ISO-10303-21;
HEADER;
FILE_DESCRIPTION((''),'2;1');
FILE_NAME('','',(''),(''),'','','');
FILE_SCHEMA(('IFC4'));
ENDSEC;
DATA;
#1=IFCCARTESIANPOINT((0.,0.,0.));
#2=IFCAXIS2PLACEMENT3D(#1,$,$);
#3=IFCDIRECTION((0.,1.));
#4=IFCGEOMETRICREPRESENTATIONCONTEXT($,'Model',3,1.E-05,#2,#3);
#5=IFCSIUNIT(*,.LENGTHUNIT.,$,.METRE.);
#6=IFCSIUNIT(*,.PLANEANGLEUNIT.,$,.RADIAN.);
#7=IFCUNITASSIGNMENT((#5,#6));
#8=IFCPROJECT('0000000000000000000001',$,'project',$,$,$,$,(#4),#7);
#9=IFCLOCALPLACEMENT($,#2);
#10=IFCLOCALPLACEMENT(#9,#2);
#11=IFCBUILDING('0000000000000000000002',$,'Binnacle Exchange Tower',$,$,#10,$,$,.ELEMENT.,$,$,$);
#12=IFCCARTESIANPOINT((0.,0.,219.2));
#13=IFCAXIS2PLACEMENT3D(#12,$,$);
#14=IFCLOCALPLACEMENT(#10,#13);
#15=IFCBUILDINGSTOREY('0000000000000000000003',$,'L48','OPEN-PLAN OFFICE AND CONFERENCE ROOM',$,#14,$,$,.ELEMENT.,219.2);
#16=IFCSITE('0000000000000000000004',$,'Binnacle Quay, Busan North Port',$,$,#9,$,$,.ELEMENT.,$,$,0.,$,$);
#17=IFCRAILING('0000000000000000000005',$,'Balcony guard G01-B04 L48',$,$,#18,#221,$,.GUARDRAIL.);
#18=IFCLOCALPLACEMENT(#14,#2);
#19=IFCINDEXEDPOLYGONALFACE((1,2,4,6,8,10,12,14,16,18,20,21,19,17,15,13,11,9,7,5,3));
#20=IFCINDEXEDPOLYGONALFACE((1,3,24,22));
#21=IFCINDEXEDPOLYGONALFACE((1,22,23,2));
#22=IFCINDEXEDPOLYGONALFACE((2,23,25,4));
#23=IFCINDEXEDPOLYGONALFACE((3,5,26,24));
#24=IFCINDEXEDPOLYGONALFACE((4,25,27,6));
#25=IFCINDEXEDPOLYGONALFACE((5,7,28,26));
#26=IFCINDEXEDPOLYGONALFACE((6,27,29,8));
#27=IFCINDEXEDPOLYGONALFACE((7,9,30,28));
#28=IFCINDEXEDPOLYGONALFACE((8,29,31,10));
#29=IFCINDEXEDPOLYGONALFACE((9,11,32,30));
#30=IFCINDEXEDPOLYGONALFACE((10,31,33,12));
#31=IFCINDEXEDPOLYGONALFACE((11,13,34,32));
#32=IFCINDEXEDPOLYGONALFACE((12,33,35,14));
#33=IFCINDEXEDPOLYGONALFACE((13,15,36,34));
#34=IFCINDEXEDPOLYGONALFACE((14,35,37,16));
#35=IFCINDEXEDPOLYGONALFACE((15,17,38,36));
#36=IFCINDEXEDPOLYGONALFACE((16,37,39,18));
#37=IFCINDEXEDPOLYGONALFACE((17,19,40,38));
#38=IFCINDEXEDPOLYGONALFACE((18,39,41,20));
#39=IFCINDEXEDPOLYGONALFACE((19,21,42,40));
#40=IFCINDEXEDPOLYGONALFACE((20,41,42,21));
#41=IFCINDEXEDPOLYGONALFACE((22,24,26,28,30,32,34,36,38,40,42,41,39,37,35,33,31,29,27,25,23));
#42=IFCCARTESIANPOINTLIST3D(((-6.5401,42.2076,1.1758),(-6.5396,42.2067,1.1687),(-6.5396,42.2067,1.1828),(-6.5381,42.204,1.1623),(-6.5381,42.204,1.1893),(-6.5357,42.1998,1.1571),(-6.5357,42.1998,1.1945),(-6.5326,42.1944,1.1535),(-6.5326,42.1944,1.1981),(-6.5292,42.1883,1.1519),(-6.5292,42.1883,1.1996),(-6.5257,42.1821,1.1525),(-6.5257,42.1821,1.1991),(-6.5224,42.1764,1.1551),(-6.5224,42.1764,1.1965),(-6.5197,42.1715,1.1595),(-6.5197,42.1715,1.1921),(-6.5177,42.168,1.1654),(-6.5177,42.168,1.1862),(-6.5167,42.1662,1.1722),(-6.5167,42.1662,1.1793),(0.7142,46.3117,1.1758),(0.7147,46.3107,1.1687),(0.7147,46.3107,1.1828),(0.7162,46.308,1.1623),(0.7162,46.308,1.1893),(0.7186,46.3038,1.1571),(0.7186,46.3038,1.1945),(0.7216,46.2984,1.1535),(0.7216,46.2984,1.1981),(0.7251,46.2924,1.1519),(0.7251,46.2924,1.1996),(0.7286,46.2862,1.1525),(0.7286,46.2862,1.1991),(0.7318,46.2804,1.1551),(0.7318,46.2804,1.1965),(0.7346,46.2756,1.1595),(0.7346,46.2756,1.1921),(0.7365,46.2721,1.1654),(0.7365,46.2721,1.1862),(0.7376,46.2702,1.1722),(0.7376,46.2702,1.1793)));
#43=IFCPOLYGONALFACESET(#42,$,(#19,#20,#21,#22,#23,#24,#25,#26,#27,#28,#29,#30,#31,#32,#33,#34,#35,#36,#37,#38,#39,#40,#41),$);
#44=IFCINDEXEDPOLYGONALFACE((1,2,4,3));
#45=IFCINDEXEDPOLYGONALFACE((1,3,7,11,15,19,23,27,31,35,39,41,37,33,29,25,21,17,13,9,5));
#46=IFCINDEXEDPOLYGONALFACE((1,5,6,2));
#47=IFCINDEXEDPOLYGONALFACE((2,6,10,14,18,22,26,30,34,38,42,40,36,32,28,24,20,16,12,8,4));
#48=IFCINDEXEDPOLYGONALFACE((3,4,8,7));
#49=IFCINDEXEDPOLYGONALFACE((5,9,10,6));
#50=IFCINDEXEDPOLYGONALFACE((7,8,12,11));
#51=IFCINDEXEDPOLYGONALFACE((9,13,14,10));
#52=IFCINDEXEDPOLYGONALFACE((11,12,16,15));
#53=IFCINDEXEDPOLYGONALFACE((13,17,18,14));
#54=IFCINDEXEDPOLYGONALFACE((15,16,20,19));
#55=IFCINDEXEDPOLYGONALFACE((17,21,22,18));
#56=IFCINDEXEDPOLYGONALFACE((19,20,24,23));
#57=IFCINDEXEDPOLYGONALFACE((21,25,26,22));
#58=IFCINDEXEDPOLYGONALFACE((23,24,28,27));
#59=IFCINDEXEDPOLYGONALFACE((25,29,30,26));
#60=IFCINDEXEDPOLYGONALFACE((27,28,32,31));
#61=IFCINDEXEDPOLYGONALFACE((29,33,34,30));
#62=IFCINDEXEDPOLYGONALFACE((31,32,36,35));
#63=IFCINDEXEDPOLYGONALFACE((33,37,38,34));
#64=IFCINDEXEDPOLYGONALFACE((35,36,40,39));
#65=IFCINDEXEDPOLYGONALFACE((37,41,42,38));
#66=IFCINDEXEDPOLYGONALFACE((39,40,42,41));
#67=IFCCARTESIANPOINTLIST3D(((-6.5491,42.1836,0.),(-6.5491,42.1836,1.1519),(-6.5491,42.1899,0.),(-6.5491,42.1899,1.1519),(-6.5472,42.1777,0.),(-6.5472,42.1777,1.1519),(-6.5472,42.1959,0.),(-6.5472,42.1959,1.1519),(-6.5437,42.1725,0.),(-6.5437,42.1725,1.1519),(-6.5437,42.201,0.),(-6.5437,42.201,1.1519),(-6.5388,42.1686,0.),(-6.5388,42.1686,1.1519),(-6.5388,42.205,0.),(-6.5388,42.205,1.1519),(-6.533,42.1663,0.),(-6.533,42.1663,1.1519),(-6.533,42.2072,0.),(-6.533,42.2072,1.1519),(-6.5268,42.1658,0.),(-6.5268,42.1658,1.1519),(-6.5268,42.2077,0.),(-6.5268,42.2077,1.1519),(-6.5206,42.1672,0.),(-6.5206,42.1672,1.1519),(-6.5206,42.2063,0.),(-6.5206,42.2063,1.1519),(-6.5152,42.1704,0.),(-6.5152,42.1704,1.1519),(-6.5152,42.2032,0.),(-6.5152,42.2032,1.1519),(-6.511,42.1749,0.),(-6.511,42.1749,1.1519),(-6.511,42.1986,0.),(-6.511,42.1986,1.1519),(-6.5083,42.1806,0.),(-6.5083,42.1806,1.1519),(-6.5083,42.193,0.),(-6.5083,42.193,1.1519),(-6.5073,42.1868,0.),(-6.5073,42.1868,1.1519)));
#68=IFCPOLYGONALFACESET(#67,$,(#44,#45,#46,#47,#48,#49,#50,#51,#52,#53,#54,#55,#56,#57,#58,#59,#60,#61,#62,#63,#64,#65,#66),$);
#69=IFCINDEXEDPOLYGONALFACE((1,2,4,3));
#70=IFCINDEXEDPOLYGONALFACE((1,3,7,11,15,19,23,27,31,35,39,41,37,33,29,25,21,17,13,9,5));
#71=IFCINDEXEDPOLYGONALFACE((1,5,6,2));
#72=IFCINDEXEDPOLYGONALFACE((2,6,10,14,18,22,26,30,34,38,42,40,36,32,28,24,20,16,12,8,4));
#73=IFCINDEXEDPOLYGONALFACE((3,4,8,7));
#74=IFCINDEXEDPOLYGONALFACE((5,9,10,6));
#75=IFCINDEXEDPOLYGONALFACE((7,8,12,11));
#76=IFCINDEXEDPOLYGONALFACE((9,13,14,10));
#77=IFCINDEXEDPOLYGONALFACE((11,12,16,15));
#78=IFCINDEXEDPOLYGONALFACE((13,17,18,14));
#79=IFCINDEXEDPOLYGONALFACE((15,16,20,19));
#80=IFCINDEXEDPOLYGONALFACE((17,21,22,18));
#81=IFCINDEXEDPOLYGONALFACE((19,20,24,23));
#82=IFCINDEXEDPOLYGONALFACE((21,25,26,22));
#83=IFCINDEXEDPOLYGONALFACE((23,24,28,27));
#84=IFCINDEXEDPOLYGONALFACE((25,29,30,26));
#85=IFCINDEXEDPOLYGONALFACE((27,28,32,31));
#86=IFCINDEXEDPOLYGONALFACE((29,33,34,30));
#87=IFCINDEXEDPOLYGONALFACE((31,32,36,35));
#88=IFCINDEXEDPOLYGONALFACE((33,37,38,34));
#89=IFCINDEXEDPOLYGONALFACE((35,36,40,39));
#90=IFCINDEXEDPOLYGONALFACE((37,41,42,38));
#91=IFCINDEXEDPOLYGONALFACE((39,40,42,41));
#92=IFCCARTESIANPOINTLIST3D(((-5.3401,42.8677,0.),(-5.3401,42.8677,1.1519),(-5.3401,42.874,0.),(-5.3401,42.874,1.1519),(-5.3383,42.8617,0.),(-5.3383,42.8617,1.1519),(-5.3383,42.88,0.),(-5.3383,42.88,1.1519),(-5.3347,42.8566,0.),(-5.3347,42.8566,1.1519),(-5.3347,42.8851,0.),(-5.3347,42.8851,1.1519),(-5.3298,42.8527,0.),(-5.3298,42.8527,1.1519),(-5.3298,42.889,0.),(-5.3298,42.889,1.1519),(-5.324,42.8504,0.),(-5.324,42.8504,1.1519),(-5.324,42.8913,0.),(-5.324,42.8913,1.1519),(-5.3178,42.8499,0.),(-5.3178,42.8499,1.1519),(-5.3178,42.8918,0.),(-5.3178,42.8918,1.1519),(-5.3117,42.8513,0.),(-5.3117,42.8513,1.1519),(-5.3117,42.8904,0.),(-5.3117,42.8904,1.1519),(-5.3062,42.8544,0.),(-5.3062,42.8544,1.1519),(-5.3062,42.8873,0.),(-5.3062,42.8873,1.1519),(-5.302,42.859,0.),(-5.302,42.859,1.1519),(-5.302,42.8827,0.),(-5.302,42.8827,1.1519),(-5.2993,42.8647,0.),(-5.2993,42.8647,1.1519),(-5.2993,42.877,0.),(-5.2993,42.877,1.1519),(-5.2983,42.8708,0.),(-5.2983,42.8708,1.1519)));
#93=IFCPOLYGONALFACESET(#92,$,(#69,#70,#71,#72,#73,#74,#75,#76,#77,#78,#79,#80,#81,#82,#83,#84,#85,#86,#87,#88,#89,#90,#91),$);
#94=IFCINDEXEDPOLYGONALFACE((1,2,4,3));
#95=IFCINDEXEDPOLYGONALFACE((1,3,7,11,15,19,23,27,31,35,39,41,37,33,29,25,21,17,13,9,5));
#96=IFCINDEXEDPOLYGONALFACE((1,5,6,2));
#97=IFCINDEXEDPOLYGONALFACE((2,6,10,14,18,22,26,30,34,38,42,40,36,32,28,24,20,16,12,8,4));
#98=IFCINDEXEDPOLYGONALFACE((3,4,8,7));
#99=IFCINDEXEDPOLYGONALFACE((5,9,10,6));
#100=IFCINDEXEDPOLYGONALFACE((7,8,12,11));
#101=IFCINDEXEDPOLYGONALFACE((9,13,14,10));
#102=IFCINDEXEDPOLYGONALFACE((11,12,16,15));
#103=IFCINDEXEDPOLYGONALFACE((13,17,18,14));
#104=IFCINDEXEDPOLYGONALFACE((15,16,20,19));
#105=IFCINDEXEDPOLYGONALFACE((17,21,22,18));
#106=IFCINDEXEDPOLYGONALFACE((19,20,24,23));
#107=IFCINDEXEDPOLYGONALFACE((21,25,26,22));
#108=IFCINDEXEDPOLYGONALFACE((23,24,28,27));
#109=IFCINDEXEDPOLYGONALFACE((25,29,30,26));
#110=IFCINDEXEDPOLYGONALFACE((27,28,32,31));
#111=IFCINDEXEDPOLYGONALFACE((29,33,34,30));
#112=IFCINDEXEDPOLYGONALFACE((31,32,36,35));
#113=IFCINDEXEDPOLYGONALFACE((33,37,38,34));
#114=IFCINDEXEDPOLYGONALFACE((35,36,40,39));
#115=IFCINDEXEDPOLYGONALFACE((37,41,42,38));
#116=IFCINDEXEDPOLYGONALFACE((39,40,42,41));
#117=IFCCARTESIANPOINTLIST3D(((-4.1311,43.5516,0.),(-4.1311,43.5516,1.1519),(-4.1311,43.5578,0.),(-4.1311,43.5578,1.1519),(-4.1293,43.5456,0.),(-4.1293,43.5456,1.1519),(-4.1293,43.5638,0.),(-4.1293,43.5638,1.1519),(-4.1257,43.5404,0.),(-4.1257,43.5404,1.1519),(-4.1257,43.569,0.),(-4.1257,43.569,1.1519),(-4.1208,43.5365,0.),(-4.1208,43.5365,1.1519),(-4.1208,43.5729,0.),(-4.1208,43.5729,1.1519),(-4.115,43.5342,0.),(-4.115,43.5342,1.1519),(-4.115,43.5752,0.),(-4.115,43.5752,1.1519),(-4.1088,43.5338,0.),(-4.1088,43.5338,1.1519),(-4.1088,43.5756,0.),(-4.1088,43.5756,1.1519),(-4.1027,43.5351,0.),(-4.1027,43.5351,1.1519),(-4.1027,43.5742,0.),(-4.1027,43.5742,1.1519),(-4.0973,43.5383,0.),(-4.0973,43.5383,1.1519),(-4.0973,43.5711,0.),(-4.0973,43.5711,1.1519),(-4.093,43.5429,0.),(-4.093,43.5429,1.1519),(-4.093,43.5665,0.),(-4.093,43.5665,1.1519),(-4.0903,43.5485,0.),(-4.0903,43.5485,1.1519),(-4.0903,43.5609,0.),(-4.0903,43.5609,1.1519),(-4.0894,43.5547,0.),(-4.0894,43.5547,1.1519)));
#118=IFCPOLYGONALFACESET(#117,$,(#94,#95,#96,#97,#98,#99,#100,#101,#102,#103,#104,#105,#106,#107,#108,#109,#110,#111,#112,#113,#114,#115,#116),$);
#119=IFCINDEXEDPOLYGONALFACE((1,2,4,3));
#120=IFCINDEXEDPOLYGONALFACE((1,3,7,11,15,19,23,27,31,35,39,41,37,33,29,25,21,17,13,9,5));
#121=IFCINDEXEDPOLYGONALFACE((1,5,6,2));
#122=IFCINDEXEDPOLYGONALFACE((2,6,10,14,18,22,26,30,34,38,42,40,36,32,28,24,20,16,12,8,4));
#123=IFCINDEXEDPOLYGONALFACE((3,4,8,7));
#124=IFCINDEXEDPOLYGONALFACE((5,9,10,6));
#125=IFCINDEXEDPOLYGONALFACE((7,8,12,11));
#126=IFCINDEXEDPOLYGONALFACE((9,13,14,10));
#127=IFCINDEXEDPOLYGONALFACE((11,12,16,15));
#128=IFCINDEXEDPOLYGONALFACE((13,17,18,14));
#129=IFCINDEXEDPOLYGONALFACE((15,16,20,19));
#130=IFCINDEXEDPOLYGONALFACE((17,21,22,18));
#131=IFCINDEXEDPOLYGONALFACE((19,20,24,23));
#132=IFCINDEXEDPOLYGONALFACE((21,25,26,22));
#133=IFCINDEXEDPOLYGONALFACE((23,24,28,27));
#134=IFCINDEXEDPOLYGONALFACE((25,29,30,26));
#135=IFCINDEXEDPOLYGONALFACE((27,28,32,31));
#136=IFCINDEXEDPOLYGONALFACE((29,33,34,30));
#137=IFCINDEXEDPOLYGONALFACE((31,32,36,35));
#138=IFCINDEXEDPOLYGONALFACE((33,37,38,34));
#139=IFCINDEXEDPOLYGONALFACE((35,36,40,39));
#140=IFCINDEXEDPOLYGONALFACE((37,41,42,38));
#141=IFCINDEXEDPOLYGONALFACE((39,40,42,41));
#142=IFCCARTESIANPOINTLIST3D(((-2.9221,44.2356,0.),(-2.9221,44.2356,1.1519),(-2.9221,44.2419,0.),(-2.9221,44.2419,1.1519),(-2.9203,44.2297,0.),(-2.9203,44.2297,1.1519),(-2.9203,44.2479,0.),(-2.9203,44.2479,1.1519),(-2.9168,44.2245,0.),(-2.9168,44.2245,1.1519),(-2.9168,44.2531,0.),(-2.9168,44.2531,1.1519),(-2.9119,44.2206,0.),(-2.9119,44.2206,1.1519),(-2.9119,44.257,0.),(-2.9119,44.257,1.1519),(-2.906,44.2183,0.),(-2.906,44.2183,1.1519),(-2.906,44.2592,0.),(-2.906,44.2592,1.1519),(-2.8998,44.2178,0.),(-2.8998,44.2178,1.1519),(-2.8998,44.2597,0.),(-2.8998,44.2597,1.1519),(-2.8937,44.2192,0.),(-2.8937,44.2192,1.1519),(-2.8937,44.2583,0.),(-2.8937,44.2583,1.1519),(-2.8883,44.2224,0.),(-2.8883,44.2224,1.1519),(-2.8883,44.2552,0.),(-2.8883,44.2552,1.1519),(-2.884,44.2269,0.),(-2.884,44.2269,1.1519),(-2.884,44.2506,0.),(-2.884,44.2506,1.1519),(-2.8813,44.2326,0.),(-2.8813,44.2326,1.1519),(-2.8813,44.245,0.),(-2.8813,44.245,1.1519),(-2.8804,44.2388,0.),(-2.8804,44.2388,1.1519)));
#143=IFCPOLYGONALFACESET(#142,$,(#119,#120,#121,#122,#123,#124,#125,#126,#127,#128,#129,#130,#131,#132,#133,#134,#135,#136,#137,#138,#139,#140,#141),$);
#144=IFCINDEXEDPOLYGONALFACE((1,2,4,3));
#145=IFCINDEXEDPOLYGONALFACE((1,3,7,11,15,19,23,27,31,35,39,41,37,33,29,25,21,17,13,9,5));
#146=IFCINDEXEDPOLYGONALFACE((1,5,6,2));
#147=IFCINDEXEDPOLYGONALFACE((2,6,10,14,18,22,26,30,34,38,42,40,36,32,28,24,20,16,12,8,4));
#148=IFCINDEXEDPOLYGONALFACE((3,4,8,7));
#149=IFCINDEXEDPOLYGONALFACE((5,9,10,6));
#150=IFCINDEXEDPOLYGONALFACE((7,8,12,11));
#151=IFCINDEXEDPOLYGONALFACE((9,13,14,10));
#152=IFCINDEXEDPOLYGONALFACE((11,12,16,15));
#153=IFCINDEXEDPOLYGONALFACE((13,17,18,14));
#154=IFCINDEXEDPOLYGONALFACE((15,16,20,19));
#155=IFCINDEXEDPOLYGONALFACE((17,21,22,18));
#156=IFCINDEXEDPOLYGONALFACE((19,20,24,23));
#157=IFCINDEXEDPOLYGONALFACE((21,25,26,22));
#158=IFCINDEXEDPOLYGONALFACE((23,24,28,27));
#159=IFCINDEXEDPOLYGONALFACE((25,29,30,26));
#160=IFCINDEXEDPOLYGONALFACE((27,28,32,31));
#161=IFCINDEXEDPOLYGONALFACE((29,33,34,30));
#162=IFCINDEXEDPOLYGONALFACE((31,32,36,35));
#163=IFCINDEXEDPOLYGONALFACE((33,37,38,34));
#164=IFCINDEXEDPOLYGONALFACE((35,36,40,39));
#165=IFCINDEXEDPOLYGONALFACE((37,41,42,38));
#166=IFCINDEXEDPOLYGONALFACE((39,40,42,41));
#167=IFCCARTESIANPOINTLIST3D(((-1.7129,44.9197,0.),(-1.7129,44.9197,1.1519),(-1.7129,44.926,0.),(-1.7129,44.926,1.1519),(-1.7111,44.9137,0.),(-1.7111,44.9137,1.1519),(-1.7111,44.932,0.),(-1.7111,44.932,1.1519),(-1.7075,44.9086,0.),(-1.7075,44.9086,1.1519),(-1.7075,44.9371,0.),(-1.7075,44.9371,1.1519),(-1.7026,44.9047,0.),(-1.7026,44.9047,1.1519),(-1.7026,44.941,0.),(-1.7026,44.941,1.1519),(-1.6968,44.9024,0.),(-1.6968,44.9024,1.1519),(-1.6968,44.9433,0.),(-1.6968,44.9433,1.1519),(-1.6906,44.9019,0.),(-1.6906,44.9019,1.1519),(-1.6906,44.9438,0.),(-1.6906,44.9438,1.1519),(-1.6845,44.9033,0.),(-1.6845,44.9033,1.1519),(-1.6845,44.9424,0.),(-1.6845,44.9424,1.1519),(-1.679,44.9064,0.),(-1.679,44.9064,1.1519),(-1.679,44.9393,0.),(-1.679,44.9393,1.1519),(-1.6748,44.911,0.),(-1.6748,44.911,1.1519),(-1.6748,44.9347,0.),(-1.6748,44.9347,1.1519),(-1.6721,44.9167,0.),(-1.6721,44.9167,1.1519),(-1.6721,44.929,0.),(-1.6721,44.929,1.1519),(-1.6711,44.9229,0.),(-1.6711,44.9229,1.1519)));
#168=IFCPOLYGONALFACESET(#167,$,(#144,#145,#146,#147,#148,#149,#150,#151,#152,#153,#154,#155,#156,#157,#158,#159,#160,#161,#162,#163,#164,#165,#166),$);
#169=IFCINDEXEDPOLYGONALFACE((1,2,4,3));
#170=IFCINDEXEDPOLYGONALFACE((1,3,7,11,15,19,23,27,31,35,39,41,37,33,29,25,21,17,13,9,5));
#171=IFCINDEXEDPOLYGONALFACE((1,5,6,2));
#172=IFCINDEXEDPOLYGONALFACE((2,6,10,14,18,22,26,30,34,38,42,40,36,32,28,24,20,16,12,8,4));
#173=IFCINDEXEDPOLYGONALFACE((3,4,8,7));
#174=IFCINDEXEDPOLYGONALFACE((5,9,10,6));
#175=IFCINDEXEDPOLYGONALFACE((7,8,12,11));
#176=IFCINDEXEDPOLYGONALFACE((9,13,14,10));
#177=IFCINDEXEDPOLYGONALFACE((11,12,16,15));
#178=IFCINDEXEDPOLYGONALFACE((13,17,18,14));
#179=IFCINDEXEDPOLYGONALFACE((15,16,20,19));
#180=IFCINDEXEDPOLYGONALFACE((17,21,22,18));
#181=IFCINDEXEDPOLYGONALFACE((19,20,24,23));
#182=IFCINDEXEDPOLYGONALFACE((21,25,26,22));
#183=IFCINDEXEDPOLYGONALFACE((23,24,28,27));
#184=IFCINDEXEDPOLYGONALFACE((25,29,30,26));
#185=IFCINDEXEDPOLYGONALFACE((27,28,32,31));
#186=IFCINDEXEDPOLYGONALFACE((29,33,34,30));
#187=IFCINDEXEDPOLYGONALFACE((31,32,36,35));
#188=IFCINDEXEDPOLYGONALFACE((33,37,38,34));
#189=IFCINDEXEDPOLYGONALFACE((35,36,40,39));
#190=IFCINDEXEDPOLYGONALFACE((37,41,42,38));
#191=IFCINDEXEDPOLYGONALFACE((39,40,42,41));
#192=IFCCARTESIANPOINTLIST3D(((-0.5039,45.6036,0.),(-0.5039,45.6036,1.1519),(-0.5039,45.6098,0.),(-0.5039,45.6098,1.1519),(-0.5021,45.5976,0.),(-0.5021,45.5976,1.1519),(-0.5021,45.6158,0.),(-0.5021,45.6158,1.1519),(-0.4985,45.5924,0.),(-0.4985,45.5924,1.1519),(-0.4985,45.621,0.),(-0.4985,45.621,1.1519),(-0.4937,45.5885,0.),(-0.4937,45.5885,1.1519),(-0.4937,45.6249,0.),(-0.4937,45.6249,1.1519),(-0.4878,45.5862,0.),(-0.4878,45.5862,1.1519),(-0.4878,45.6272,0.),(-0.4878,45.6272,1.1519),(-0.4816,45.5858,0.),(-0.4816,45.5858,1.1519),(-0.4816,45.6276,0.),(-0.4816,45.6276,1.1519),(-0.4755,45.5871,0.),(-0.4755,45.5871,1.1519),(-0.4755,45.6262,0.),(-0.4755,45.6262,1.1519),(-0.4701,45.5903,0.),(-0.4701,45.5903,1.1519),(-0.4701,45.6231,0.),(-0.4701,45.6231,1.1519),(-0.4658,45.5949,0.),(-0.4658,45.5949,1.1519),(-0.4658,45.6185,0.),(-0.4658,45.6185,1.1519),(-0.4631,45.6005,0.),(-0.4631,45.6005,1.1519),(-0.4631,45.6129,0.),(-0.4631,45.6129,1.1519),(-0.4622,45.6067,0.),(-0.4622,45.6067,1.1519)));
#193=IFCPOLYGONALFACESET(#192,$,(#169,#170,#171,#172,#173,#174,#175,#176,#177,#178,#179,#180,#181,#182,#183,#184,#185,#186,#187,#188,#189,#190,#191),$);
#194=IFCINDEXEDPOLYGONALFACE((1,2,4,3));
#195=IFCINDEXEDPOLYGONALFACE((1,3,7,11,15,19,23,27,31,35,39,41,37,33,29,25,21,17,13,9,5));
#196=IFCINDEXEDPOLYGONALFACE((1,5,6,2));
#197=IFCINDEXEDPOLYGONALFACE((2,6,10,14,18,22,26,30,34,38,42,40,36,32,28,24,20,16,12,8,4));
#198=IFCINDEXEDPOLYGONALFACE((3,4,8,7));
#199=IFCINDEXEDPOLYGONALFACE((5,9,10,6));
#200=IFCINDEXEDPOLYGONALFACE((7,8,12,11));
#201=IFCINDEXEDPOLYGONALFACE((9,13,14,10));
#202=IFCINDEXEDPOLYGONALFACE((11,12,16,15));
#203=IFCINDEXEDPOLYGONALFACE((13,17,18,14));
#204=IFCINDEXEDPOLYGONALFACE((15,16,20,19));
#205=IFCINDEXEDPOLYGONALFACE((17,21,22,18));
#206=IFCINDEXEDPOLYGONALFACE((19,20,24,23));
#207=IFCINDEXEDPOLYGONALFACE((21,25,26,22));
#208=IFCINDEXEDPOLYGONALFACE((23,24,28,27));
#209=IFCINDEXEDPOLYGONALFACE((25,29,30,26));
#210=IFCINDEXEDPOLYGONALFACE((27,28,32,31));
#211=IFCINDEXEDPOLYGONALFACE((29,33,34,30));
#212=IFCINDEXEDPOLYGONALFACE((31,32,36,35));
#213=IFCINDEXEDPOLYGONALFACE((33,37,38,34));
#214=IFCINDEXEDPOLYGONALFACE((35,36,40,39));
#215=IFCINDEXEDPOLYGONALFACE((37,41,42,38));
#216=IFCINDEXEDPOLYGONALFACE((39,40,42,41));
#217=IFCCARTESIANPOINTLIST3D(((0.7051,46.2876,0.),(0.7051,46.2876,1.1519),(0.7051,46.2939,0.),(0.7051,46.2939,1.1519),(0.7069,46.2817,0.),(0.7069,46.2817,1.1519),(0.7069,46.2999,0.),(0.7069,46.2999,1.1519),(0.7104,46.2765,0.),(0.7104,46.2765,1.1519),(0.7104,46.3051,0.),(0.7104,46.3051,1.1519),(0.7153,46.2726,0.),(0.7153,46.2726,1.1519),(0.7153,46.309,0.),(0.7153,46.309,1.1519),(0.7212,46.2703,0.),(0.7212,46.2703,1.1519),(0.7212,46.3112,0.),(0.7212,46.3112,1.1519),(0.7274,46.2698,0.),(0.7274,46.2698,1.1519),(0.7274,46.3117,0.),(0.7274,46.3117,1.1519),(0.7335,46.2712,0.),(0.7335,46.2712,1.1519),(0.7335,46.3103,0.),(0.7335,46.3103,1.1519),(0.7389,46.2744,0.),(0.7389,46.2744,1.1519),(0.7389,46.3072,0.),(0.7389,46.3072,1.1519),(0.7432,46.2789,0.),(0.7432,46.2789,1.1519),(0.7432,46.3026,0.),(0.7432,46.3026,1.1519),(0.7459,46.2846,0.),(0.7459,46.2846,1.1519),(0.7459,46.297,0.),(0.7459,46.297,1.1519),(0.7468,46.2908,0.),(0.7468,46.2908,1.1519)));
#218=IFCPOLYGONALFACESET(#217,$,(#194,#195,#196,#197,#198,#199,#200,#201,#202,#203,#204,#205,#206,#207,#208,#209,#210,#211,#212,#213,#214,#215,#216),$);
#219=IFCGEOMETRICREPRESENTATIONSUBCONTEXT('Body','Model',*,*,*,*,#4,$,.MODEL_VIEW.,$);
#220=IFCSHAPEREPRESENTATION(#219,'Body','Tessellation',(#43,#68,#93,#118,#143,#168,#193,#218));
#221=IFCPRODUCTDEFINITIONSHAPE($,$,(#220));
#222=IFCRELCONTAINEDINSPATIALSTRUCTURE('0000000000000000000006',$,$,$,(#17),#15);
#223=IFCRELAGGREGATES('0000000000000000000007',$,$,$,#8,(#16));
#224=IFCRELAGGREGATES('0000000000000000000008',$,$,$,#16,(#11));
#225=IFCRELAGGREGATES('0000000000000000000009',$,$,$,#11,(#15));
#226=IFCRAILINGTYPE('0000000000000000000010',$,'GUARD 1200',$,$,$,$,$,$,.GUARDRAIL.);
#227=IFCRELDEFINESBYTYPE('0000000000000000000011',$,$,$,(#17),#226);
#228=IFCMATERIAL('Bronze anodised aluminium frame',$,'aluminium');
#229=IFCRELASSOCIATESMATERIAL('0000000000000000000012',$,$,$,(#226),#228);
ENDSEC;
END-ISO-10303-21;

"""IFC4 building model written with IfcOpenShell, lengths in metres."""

from ifc_helpers import new_model, si_unit, direction, frame, origin, origin_2d, place, context, subcontext, project, spatial, circle, extrude, material, type_object, element, save


model = new_model("IFC4")

# Units and contexts
model_context = context("Model", 3, precision=1e-05, world=origin(), true_north=direction((0.0, 1.0)))
body_context = subcontext(model_context, "Body", "Model", "MODEL_VIEW")
ifc_project = project(units=[si_unit("LENGTHUNIT", "METRE"), si_unit("PLANEANGLEUNIT", "RADIAN")], contexts=[model_context])

# Site, building, storey
site_placement = place(None, origin())
site = spatial("IfcSite", under=ifc_project, at=site_placement, Name="Binnacle Quay, Busan North Port", CompositionType="ELEMENT", RefElevation=0.0)
building_placement = place(site_placement, origin())
building = spatial("IfcBuilding", under=site, at=building_placement, Name="Binnacle Exchange Tower", CompositionType="ELEMENT")
storey_placement = place(building_placement, frame((0.0, 0.0, 219.2)))
storey = spatial("IfcBuildingStorey", under=building, at=storey_placement, Name="L48", Description="OPEN-PLAN OFFICE AND CONFERENCE ROOM", CompositionType="ELEMENT", Elevation=219.2)

# Shared definitions
ifc_material_1 = material(Name="Bronze anodised aluminium frame", Category="aluminium")

# Railing
railing_type = type_object("IfcRailingType", Name="GUARD 1200", PredefinedType="GUARDRAIL", material=ifc_material_1)
railing_1_placement = place(storey_placement, frame((-6.5283, 42.1868, 0.0)))
element("IfcRailing", 1, at=railing_1_placement, inside=storey, type_object=railing_type, Name="Balcony guard G01-B04 L48", PredefinedType="GUARDRAIL", context=body_context, shape_type="SweptSolid", body=[
    extrude(circle(Radius=0.0239, at=origin_2d()), frame((0.0, 0.0, 1.1758), z_axis=(0.870366, 0.492406, 0.0), x_axis=(-0.492406, 0.870366, 0.0)), (0.0, 0.0, 1.0), 8.3347),
    extrude(circle(Radius=0.021, at=origin_2d()), origin(), (0.0, 0.0, 1.0), 1.1519),
    extrude(circle(Radius=0.021, at=origin_2d()), frame((1.209, 0.6841, 0.0)), (0.0, 0.0, 1.0), 1.1519),
    extrude(circle(Radius=0.021, at=origin_2d()), frame((2.418, 1.3679, 0.0)), (0.0, 0.0, 1.0), 1.1519),
    extrude(circle(Radius=0.021, at=origin_2d()), frame((3.627, 2.052, 0.0)), (0.0, 0.0, 1.0), 1.1519),
    extrude(circle(Radius=0.021, at=origin_2d()), frame((4.8362, 2.7361, 0.0)), (0.0, 0.0, 1.0), 1.1519),
    extrude(circle(Radius=0.021, at=origin_2d()), frame((6.0452, 3.4199, 0.0)), (0.0, 0.0, 1.0), 1.1519),
    extrude(circle(Radius=0.021, at=origin_2d()), frame((7.2542, 4.104, 0.0)), (0.0, 0.0, 1.0), 1.1519),
])

save(model, "model.ifc")
